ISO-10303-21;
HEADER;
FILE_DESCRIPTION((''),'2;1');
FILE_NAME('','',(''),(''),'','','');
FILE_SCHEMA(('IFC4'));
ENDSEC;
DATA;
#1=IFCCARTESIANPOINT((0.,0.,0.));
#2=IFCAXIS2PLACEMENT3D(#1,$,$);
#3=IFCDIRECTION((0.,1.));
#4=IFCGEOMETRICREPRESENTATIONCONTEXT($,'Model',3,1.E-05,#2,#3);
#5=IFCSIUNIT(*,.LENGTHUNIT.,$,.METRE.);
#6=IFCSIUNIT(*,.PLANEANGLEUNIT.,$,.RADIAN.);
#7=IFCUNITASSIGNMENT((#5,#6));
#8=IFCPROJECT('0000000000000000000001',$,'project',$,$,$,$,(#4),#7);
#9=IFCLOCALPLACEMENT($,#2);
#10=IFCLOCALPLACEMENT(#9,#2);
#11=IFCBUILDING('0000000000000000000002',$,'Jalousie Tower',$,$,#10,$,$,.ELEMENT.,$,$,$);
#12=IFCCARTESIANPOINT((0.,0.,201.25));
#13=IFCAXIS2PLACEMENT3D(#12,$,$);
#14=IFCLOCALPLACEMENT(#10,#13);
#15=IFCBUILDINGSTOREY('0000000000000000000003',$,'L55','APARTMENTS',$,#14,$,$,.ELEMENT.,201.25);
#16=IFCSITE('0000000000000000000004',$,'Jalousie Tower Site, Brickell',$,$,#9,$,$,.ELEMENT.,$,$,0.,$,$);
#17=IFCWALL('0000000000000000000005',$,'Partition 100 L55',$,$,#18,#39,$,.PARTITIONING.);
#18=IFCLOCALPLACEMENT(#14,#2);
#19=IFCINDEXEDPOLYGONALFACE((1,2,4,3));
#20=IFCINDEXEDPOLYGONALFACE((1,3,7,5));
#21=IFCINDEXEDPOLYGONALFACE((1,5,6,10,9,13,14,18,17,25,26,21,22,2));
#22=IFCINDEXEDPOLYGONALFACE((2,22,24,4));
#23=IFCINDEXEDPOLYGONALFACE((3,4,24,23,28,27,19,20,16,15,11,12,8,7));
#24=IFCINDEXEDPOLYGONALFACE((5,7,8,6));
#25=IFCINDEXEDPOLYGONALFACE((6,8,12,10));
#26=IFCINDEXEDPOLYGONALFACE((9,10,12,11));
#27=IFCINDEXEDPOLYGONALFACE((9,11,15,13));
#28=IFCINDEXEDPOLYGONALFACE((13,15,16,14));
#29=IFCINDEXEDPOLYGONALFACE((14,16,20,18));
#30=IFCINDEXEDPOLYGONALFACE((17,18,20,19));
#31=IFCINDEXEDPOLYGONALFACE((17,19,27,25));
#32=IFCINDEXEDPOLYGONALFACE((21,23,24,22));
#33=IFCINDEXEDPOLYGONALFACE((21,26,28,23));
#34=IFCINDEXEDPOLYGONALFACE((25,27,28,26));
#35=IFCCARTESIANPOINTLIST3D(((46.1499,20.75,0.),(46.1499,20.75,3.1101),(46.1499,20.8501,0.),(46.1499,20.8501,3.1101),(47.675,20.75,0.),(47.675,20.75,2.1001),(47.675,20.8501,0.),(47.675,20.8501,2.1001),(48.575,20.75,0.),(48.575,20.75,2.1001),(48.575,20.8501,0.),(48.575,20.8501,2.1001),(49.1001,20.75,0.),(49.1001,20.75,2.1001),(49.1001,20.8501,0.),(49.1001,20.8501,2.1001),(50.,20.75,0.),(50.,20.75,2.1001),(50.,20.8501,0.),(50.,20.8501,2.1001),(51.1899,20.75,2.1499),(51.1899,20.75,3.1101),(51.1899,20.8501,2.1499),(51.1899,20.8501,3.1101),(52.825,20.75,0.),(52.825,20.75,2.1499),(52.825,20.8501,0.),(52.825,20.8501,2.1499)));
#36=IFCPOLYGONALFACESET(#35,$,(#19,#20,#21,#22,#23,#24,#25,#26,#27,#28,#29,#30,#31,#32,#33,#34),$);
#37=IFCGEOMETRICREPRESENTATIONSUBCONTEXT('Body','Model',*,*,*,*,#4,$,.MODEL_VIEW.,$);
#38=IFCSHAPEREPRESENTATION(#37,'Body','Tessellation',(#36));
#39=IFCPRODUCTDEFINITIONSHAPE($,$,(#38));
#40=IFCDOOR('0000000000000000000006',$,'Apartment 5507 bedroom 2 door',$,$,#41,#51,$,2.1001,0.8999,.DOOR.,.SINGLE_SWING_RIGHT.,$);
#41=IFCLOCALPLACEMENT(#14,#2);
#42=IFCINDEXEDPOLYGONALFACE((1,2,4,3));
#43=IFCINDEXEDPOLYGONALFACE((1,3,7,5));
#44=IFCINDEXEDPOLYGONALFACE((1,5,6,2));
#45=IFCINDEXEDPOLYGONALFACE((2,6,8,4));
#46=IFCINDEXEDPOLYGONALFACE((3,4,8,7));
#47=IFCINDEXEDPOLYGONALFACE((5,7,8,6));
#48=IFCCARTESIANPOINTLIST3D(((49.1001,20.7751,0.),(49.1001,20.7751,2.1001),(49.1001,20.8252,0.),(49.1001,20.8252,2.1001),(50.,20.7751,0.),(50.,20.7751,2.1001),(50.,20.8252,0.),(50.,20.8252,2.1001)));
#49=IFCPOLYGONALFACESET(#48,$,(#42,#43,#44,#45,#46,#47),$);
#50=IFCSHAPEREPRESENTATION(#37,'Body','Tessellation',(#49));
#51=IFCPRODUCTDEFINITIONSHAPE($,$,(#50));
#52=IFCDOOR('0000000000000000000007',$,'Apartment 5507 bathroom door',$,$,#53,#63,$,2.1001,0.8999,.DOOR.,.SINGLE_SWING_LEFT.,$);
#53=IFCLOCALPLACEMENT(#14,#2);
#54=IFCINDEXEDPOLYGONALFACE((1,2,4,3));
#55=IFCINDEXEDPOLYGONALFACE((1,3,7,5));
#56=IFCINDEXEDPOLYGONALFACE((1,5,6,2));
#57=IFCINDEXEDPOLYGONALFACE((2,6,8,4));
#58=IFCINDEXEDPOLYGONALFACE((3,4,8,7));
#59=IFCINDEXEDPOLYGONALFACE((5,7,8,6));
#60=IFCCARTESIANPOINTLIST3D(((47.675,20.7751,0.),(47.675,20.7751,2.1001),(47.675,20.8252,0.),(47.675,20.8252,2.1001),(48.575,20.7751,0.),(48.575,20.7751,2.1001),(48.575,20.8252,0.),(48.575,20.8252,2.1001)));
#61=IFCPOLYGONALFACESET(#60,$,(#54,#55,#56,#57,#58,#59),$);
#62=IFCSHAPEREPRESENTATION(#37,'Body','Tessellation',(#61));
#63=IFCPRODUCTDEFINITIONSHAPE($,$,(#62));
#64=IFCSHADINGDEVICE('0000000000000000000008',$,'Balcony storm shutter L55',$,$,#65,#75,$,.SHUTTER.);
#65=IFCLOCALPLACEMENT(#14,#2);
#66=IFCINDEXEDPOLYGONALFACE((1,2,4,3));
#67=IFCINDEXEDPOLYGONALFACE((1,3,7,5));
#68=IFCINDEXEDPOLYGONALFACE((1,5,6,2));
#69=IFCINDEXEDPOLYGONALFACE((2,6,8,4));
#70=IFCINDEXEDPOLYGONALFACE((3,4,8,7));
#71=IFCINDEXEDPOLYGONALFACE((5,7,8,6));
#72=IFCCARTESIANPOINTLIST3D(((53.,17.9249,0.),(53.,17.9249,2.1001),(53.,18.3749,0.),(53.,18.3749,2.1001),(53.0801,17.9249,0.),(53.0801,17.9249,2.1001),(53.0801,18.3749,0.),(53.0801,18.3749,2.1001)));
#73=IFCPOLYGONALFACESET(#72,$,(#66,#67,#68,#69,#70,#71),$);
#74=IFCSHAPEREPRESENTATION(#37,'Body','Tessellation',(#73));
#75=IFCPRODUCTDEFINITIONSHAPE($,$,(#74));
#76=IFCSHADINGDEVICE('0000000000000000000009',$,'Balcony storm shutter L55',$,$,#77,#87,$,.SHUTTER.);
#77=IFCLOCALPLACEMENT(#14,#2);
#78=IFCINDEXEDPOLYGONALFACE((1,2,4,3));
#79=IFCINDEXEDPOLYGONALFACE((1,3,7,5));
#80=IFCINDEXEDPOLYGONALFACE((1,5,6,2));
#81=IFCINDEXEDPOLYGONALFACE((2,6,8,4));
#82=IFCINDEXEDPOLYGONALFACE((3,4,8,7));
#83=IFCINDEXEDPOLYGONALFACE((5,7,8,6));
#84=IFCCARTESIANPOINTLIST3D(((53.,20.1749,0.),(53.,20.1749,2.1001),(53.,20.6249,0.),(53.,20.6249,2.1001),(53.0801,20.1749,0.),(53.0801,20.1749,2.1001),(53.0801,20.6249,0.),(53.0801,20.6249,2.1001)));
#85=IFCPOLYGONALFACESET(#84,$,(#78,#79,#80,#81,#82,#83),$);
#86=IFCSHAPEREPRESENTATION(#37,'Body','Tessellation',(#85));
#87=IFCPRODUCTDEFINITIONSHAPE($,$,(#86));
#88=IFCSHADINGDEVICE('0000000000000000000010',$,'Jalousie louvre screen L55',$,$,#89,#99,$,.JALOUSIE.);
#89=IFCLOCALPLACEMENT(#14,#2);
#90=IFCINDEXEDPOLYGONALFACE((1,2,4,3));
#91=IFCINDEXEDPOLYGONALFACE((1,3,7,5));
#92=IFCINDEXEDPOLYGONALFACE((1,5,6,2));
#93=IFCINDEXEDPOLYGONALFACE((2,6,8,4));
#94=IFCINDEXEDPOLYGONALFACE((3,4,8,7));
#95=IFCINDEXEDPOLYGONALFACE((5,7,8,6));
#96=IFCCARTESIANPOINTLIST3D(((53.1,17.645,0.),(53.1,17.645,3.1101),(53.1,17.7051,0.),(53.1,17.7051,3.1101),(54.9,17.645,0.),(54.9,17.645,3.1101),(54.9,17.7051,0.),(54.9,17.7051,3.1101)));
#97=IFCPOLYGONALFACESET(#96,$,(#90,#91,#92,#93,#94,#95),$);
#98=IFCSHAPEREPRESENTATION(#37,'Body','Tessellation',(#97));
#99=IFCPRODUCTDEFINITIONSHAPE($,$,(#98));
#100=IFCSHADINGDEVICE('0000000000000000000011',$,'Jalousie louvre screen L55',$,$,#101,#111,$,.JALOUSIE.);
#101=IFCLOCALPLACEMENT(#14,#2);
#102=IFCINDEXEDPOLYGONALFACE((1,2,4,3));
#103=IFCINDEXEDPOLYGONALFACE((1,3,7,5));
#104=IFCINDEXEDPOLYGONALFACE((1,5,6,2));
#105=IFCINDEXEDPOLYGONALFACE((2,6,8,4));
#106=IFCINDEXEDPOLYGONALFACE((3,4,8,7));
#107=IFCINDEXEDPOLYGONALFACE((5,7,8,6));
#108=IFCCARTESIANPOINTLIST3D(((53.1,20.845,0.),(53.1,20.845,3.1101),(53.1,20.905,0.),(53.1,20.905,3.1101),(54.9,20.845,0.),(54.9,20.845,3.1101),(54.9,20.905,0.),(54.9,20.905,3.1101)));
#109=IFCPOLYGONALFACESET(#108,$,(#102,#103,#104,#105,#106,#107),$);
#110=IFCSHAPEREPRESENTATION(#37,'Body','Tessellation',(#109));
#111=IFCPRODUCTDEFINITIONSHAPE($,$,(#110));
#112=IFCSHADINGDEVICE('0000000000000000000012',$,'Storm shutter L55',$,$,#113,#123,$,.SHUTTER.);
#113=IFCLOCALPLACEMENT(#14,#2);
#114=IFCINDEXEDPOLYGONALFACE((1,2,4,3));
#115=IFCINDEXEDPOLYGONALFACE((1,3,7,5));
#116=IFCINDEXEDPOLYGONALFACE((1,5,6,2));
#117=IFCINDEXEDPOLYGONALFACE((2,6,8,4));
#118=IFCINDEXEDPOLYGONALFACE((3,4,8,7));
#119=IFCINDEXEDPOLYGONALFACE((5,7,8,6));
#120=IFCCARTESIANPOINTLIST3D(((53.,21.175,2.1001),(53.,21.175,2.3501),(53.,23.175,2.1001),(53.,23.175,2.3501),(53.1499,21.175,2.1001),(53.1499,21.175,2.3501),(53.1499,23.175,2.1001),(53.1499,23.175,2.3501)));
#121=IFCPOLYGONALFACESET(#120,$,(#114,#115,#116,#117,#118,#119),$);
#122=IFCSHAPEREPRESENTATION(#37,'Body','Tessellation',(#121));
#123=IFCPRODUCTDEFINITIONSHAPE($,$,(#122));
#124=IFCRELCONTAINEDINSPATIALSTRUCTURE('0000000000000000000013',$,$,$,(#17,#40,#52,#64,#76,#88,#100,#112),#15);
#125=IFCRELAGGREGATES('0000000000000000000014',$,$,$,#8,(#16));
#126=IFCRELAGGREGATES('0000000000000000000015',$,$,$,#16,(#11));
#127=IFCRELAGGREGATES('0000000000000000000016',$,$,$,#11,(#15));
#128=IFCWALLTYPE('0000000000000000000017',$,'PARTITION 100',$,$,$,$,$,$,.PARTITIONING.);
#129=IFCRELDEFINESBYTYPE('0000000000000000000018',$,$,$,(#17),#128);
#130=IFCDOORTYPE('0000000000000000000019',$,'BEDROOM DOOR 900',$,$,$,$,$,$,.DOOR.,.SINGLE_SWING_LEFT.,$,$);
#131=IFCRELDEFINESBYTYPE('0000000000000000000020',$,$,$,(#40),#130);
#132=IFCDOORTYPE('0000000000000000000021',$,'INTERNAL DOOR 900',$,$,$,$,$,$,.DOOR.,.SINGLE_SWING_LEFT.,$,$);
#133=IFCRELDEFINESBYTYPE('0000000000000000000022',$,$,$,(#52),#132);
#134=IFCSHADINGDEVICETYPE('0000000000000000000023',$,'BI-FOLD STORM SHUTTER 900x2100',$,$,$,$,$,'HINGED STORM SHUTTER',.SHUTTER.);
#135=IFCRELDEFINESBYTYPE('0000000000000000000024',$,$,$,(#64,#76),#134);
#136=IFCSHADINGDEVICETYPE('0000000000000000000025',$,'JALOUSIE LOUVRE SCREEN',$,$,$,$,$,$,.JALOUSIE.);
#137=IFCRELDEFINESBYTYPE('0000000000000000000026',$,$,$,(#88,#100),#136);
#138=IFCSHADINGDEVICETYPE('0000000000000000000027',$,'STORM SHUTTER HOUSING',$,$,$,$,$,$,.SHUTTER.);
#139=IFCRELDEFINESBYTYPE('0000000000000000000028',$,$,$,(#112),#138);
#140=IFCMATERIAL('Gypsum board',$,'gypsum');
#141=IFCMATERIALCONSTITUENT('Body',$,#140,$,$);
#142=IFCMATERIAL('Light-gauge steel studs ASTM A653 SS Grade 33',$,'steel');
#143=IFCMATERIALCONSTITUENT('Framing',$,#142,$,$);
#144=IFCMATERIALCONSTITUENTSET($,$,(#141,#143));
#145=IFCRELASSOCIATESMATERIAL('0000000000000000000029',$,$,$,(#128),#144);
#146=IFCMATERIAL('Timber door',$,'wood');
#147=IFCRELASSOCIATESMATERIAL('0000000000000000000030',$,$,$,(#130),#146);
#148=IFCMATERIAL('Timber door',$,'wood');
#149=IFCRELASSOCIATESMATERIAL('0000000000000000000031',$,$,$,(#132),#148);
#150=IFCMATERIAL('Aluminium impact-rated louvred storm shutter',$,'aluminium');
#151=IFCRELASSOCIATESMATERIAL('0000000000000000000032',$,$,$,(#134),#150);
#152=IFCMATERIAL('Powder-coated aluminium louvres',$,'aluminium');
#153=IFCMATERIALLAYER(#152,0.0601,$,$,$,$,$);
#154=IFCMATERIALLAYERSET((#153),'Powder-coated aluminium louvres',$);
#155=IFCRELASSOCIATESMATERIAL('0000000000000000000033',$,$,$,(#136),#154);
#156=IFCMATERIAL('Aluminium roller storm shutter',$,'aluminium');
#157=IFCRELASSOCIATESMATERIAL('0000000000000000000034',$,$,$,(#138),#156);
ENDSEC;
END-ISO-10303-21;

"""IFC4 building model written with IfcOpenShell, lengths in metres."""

from ifc_helpers import new_model, si_unit, direction, frame, frame_2d, origin, origin_2d, place, context, subcontext, project, spatial, polyline, rectangle, outline, extrude, material, layer, layer_set, constituent, constituent_set, type_object, element, fill, save


model = new_model("IFC4")

# Units and contexts
model_context = context("Model", 3, precision=1e-05, world=origin(), true_north=direction((0.0, 1.0)))
body_context = subcontext(model_context, "Body", "Model", "MODEL_VIEW")
ifc_project = project(units=[si_unit("LENGTHUNIT", "METRE"), si_unit("PLANEANGLEUNIT", "RADIAN")], contexts=[model_context])

# Site, building, storey
site_placement = place(None, origin())
site = spatial("IfcSite", under=ifc_project, at=site_placement, Name="Jalousie Tower Site, Brickell", CompositionType="ELEMENT", RefElevation=0.0)
building_placement = place(site_placement, origin())
building = spatial("IfcBuilding", under=site, at=building_placement, Name="Jalousie Tower", CompositionType="ELEMENT")
storey_placement = place(building_placement, frame((0.0, 0.0, 201.25)))
storey = spatial("IfcBuildingStorey", under=building, at=storey_placement, Name="L55", Description="APARTMENTS", CompositionType="ELEMENT", Elevation=201.25)

# Shared definitions
ifc_material_1 = material(Name="Gypsum board", Category="gypsum")
ifc_constituent_1 = constituent(ifc_material_1, Name="Body")
ifc_material_2 = material(Name="Light-gauge steel studs ASTM A653 SS Grade 33", Category="steel")
ifc_constituent_2 = constituent(ifc_material_2, Name="Framing")
ifc_constituent_set_1 = constituent_set(constituents=[ifc_constituent_1, ifc_constituent_2])
wall_type_1 = type_object("IfcWallType", Name="PARTITION 100", PredefinedType="PARTITIONING", material=ifc_constituent_set_1)
ifc_material_3 = material(Name="Timber door", Category="wood")
door_type_1 = type_object("IfcDoorType", Name="BEDROOM DOOR 900", OperationType="SINGLE_SWING_LEFT", PredefinedType="DOOR", material=ifc_material_3)

# Wall, openings, doors
wall_1_placement = place(storey_placement, frame((52.825, 20.8, 0.0), z_axis=(0.0, 0.0, 1.0), x_axis=(-1.0, 0.0, 0.0)))
wall_1 = element("IfcWall", 1, at=wall_1_placement, inside=storey, type_object=wall_type_1, Name="Partition 100 L55", PredefinedType="PARTITIONING", context=body_context, shape_type="SweptSolid", body=[
    extrude(outline(polyline([(0.0, 0.0), (6.675, 0.0), (6.675, 3.1101), (1.635, 3.1101), (1.635, 2.1499), (0.0, 2.1499), (0.0, 3.1101), (0.0, 0.0)])), frame((0.0, 0.05, 0.0), z_axis=(0.0, -1.0, 0.0), x_axis=(1.0, 0.0, 0.0)), (0.0, 0.0, 1.0), 0.1001),
])
opening_1_placement = place(wall_1_placement, frame((2.825, 0.0, 0.0)))
opening_1 = element("IfcOpeningElement", 2, at=opening_1_placement, cuts=wall_1, PredefinedType="OPENING", context=body_context, shape_type="SweptSolid", body=[
    extrude(rectangle(XDim=0.8999, YDim=2.1001, at=frame_2d((0.45, 1.05))), frame((0.0, 0.0601, 0.0), z_axis=(0.0, -1.0, 0.0), x_axis=(1.0, 0.0, 0.0)), (0.0, 0.0, 1.0), 0.1201),
])
opening_2_placement = place(wall_1_placement, frame((4.25, 0.0, 0.0)))
opening_2 = element("IfcOpeningElement", 3, at=opening_2_placement, cuts=wall_1, PredefinedType="OPENING", context=body_context, shape_type="SweptSolid", body=[
    extrude(rectangle(XDim=0.8999, YDim=2.1001, at=frame_2d((0.45, 1.05))), frame((0.0, 0.0601, 0.0), z_axis=(0.0, -1.0, 0.0), x_axis=(1.0, 0.0, 0.0)), (0.0, 0.0, 1.0), 0.1201),
])
door_1_placement = place(opening_1_placement, origin())
door_1 = element("IfcDoor", 4, at=door_1_placement, inside=storey, type_object=door_type_1, Name="Apartment 5507 bedroom 2 door", OperationType="SINGLE_SWING_RIGHT", OverallHeight=2.1001, OverallWidth=0.8999, PredefinedType="DOOR", context=body_context, shape_type="SweptSolid", body=[
    extrude(rectangle(XDim=0.8999, YDim=2.1001, at=frame_2d((0.45, 1.05))), frame((0.0, 0.0249, 0.0), z_axis=(0.0, -1.0, 0.0), x_axis=(1.0, 0.0, 0.0)), (0.0, 0.0, 1.0), 0.05),
])
fill(opening_1, door_1)
ifc_material_4 = material(Name="Timber door", Category="wood")
door_type_2 = type_object("IfcDoorType", Name="INTERNAL DOOR 900", OperationType="SINGLE_SWING_LEFT", PredefinedType="DOOR", material=ifc_material_4)
door_2_placement = place(opening_2_placement, origin())
door_2 = element("IfcDoor", 5, at=door_2_placement, inside=storey, type_object=door_type_2, Name="Apartment 5507 bathroom door", OperationType="SINGLE_SWING_LEFT", OverallHeight=2.1001, OverallWidth=0.8999, PredefinedType="DOOR", context=body_context, shape_type="SweptSolid", body=[
    extrude(rectangle(XDim=0.8999, YDim=2.1001, at=frame_2d((0.45, 1.05))), frame((0.0, 0.0249, 0.0), z_axis=(0.0, -1.0, 0.0), x_axis=(1.0, 0.0, 0.0)), (0.0, 0.0, 1.0), 0.05),
])
fill(opening_2, door_2)

# Shading devices
ifc_material_5 = material(Name="Aluminium impact-rated louvred storm shutter", Category="aluminium")
shading_device_type_1 = type_object("IfcShadingDeviceType", Name="BI-FOLD STORM SHUTTER 900x2100", ElementType="HINGED STORM SHUTTER", PredefinedType="SHUTTER", material=ifc_material_5)
for number, where, z_axis, x_axis, name in (
    (6, (53.04, 18.1499, 0.0), (0.0, 0.0, 1.0), (0.0, 1.0, 0.0), "Balcony storm shutter L55"),
    (7, (53.04, 20.3999, 0.0), (0.0, 0.0, 1.0), (0.0, 1.0, 0.0), "Balcony storm shutter L55"),
):
    element("IfcShadingDevice", number, at=place(storey_placement, frame(where, z_axis=z_axis, x_axis=x_axis)), inside=storey, type_object=shading_device_type_1, Name=name, PredefinedType="SHUTTER", context=body_context, shape_type="SweptSolid", body=[
        extrude(rectangle(XDim=0.45, YDim=0.0801, at=origin_2d()), origin(), (0.0, 0.0, 1.0), 2.1001),
    ])

# Shading devices
ifc_material_6 = material(Name="Powder-coated aluminium louvres", Category="aluminium")
ifc_layer_1 = layer(ifc_material_6, 0.0601)
ifc_layer_set_1 = layer_set([ifc_layer_1], Name="Powder-coated aluminium louvres")
shading_device_type_2 = type_object("IfcShadingDeviceType", Name="JALOUSIE LOUVRE SCREEN", PredefinedType="JALOUSIE", material=ifc_layer_set_1)
for number, where, z_axis, x_axis, name in (
    (8, (54.0, 17.675, 0.0), (0.0, 0.0, 1.0), (0.0, 1.0, 0.0), "Jalousie louvre screen L55"),
    (9, (54.0, 20.875, 0.0), (0.0, 0.0, 1.0), (0.0, 1.0, 0.0), "Jalousie louvre screen L55"),
):
    element("IfcShadingDevice", number, at=place(storey_placement, frame(where, z_axis=z_axis, x_axis=x_axis)), inside=storey, type_object=shading_device_type_2, Name=name, PredefinedType="JALOUSIE", context=body_context, shape_type="SweptSolid", body=[
        extrude(rectangle(XDim=0.0601, YDim=1.8, at=origin_2d()), origin(), (0.0, 0.0, 1.0), 3.1101),
    ])
ifc_material_7 = material(Name="Aluminium roller storm shutter", Category="aluminium")
shading_device_type_3 = type_object("IfcShadingDeviceType", Name="STORM SHUTTER HOUSING", PredefinedType="SHUTTER", material=ifc_material_7)
shading_device_placement = place(storey_placement, frame((53.075, 22.175, 2.1001), z_axis=(0.0, 0.0, 1.0), x_axis=(0.0, 1.0, 0.0)))
element("IfcShadingDevice", 10, at=shading_device_placement, inside=storey, type_object=shading_device_type_3, Name="Storm shutter L55", PredefinedType="SHUTTER", context=body_context, shape_type="SweptSolid", body=[
    extrude(rectangle(XDim=2.0, YDim=0.1499, at=origin_2d()), origin(), (0.0, 0.0, 1.0), 0.25),
])

save(model, "model.ifc")
